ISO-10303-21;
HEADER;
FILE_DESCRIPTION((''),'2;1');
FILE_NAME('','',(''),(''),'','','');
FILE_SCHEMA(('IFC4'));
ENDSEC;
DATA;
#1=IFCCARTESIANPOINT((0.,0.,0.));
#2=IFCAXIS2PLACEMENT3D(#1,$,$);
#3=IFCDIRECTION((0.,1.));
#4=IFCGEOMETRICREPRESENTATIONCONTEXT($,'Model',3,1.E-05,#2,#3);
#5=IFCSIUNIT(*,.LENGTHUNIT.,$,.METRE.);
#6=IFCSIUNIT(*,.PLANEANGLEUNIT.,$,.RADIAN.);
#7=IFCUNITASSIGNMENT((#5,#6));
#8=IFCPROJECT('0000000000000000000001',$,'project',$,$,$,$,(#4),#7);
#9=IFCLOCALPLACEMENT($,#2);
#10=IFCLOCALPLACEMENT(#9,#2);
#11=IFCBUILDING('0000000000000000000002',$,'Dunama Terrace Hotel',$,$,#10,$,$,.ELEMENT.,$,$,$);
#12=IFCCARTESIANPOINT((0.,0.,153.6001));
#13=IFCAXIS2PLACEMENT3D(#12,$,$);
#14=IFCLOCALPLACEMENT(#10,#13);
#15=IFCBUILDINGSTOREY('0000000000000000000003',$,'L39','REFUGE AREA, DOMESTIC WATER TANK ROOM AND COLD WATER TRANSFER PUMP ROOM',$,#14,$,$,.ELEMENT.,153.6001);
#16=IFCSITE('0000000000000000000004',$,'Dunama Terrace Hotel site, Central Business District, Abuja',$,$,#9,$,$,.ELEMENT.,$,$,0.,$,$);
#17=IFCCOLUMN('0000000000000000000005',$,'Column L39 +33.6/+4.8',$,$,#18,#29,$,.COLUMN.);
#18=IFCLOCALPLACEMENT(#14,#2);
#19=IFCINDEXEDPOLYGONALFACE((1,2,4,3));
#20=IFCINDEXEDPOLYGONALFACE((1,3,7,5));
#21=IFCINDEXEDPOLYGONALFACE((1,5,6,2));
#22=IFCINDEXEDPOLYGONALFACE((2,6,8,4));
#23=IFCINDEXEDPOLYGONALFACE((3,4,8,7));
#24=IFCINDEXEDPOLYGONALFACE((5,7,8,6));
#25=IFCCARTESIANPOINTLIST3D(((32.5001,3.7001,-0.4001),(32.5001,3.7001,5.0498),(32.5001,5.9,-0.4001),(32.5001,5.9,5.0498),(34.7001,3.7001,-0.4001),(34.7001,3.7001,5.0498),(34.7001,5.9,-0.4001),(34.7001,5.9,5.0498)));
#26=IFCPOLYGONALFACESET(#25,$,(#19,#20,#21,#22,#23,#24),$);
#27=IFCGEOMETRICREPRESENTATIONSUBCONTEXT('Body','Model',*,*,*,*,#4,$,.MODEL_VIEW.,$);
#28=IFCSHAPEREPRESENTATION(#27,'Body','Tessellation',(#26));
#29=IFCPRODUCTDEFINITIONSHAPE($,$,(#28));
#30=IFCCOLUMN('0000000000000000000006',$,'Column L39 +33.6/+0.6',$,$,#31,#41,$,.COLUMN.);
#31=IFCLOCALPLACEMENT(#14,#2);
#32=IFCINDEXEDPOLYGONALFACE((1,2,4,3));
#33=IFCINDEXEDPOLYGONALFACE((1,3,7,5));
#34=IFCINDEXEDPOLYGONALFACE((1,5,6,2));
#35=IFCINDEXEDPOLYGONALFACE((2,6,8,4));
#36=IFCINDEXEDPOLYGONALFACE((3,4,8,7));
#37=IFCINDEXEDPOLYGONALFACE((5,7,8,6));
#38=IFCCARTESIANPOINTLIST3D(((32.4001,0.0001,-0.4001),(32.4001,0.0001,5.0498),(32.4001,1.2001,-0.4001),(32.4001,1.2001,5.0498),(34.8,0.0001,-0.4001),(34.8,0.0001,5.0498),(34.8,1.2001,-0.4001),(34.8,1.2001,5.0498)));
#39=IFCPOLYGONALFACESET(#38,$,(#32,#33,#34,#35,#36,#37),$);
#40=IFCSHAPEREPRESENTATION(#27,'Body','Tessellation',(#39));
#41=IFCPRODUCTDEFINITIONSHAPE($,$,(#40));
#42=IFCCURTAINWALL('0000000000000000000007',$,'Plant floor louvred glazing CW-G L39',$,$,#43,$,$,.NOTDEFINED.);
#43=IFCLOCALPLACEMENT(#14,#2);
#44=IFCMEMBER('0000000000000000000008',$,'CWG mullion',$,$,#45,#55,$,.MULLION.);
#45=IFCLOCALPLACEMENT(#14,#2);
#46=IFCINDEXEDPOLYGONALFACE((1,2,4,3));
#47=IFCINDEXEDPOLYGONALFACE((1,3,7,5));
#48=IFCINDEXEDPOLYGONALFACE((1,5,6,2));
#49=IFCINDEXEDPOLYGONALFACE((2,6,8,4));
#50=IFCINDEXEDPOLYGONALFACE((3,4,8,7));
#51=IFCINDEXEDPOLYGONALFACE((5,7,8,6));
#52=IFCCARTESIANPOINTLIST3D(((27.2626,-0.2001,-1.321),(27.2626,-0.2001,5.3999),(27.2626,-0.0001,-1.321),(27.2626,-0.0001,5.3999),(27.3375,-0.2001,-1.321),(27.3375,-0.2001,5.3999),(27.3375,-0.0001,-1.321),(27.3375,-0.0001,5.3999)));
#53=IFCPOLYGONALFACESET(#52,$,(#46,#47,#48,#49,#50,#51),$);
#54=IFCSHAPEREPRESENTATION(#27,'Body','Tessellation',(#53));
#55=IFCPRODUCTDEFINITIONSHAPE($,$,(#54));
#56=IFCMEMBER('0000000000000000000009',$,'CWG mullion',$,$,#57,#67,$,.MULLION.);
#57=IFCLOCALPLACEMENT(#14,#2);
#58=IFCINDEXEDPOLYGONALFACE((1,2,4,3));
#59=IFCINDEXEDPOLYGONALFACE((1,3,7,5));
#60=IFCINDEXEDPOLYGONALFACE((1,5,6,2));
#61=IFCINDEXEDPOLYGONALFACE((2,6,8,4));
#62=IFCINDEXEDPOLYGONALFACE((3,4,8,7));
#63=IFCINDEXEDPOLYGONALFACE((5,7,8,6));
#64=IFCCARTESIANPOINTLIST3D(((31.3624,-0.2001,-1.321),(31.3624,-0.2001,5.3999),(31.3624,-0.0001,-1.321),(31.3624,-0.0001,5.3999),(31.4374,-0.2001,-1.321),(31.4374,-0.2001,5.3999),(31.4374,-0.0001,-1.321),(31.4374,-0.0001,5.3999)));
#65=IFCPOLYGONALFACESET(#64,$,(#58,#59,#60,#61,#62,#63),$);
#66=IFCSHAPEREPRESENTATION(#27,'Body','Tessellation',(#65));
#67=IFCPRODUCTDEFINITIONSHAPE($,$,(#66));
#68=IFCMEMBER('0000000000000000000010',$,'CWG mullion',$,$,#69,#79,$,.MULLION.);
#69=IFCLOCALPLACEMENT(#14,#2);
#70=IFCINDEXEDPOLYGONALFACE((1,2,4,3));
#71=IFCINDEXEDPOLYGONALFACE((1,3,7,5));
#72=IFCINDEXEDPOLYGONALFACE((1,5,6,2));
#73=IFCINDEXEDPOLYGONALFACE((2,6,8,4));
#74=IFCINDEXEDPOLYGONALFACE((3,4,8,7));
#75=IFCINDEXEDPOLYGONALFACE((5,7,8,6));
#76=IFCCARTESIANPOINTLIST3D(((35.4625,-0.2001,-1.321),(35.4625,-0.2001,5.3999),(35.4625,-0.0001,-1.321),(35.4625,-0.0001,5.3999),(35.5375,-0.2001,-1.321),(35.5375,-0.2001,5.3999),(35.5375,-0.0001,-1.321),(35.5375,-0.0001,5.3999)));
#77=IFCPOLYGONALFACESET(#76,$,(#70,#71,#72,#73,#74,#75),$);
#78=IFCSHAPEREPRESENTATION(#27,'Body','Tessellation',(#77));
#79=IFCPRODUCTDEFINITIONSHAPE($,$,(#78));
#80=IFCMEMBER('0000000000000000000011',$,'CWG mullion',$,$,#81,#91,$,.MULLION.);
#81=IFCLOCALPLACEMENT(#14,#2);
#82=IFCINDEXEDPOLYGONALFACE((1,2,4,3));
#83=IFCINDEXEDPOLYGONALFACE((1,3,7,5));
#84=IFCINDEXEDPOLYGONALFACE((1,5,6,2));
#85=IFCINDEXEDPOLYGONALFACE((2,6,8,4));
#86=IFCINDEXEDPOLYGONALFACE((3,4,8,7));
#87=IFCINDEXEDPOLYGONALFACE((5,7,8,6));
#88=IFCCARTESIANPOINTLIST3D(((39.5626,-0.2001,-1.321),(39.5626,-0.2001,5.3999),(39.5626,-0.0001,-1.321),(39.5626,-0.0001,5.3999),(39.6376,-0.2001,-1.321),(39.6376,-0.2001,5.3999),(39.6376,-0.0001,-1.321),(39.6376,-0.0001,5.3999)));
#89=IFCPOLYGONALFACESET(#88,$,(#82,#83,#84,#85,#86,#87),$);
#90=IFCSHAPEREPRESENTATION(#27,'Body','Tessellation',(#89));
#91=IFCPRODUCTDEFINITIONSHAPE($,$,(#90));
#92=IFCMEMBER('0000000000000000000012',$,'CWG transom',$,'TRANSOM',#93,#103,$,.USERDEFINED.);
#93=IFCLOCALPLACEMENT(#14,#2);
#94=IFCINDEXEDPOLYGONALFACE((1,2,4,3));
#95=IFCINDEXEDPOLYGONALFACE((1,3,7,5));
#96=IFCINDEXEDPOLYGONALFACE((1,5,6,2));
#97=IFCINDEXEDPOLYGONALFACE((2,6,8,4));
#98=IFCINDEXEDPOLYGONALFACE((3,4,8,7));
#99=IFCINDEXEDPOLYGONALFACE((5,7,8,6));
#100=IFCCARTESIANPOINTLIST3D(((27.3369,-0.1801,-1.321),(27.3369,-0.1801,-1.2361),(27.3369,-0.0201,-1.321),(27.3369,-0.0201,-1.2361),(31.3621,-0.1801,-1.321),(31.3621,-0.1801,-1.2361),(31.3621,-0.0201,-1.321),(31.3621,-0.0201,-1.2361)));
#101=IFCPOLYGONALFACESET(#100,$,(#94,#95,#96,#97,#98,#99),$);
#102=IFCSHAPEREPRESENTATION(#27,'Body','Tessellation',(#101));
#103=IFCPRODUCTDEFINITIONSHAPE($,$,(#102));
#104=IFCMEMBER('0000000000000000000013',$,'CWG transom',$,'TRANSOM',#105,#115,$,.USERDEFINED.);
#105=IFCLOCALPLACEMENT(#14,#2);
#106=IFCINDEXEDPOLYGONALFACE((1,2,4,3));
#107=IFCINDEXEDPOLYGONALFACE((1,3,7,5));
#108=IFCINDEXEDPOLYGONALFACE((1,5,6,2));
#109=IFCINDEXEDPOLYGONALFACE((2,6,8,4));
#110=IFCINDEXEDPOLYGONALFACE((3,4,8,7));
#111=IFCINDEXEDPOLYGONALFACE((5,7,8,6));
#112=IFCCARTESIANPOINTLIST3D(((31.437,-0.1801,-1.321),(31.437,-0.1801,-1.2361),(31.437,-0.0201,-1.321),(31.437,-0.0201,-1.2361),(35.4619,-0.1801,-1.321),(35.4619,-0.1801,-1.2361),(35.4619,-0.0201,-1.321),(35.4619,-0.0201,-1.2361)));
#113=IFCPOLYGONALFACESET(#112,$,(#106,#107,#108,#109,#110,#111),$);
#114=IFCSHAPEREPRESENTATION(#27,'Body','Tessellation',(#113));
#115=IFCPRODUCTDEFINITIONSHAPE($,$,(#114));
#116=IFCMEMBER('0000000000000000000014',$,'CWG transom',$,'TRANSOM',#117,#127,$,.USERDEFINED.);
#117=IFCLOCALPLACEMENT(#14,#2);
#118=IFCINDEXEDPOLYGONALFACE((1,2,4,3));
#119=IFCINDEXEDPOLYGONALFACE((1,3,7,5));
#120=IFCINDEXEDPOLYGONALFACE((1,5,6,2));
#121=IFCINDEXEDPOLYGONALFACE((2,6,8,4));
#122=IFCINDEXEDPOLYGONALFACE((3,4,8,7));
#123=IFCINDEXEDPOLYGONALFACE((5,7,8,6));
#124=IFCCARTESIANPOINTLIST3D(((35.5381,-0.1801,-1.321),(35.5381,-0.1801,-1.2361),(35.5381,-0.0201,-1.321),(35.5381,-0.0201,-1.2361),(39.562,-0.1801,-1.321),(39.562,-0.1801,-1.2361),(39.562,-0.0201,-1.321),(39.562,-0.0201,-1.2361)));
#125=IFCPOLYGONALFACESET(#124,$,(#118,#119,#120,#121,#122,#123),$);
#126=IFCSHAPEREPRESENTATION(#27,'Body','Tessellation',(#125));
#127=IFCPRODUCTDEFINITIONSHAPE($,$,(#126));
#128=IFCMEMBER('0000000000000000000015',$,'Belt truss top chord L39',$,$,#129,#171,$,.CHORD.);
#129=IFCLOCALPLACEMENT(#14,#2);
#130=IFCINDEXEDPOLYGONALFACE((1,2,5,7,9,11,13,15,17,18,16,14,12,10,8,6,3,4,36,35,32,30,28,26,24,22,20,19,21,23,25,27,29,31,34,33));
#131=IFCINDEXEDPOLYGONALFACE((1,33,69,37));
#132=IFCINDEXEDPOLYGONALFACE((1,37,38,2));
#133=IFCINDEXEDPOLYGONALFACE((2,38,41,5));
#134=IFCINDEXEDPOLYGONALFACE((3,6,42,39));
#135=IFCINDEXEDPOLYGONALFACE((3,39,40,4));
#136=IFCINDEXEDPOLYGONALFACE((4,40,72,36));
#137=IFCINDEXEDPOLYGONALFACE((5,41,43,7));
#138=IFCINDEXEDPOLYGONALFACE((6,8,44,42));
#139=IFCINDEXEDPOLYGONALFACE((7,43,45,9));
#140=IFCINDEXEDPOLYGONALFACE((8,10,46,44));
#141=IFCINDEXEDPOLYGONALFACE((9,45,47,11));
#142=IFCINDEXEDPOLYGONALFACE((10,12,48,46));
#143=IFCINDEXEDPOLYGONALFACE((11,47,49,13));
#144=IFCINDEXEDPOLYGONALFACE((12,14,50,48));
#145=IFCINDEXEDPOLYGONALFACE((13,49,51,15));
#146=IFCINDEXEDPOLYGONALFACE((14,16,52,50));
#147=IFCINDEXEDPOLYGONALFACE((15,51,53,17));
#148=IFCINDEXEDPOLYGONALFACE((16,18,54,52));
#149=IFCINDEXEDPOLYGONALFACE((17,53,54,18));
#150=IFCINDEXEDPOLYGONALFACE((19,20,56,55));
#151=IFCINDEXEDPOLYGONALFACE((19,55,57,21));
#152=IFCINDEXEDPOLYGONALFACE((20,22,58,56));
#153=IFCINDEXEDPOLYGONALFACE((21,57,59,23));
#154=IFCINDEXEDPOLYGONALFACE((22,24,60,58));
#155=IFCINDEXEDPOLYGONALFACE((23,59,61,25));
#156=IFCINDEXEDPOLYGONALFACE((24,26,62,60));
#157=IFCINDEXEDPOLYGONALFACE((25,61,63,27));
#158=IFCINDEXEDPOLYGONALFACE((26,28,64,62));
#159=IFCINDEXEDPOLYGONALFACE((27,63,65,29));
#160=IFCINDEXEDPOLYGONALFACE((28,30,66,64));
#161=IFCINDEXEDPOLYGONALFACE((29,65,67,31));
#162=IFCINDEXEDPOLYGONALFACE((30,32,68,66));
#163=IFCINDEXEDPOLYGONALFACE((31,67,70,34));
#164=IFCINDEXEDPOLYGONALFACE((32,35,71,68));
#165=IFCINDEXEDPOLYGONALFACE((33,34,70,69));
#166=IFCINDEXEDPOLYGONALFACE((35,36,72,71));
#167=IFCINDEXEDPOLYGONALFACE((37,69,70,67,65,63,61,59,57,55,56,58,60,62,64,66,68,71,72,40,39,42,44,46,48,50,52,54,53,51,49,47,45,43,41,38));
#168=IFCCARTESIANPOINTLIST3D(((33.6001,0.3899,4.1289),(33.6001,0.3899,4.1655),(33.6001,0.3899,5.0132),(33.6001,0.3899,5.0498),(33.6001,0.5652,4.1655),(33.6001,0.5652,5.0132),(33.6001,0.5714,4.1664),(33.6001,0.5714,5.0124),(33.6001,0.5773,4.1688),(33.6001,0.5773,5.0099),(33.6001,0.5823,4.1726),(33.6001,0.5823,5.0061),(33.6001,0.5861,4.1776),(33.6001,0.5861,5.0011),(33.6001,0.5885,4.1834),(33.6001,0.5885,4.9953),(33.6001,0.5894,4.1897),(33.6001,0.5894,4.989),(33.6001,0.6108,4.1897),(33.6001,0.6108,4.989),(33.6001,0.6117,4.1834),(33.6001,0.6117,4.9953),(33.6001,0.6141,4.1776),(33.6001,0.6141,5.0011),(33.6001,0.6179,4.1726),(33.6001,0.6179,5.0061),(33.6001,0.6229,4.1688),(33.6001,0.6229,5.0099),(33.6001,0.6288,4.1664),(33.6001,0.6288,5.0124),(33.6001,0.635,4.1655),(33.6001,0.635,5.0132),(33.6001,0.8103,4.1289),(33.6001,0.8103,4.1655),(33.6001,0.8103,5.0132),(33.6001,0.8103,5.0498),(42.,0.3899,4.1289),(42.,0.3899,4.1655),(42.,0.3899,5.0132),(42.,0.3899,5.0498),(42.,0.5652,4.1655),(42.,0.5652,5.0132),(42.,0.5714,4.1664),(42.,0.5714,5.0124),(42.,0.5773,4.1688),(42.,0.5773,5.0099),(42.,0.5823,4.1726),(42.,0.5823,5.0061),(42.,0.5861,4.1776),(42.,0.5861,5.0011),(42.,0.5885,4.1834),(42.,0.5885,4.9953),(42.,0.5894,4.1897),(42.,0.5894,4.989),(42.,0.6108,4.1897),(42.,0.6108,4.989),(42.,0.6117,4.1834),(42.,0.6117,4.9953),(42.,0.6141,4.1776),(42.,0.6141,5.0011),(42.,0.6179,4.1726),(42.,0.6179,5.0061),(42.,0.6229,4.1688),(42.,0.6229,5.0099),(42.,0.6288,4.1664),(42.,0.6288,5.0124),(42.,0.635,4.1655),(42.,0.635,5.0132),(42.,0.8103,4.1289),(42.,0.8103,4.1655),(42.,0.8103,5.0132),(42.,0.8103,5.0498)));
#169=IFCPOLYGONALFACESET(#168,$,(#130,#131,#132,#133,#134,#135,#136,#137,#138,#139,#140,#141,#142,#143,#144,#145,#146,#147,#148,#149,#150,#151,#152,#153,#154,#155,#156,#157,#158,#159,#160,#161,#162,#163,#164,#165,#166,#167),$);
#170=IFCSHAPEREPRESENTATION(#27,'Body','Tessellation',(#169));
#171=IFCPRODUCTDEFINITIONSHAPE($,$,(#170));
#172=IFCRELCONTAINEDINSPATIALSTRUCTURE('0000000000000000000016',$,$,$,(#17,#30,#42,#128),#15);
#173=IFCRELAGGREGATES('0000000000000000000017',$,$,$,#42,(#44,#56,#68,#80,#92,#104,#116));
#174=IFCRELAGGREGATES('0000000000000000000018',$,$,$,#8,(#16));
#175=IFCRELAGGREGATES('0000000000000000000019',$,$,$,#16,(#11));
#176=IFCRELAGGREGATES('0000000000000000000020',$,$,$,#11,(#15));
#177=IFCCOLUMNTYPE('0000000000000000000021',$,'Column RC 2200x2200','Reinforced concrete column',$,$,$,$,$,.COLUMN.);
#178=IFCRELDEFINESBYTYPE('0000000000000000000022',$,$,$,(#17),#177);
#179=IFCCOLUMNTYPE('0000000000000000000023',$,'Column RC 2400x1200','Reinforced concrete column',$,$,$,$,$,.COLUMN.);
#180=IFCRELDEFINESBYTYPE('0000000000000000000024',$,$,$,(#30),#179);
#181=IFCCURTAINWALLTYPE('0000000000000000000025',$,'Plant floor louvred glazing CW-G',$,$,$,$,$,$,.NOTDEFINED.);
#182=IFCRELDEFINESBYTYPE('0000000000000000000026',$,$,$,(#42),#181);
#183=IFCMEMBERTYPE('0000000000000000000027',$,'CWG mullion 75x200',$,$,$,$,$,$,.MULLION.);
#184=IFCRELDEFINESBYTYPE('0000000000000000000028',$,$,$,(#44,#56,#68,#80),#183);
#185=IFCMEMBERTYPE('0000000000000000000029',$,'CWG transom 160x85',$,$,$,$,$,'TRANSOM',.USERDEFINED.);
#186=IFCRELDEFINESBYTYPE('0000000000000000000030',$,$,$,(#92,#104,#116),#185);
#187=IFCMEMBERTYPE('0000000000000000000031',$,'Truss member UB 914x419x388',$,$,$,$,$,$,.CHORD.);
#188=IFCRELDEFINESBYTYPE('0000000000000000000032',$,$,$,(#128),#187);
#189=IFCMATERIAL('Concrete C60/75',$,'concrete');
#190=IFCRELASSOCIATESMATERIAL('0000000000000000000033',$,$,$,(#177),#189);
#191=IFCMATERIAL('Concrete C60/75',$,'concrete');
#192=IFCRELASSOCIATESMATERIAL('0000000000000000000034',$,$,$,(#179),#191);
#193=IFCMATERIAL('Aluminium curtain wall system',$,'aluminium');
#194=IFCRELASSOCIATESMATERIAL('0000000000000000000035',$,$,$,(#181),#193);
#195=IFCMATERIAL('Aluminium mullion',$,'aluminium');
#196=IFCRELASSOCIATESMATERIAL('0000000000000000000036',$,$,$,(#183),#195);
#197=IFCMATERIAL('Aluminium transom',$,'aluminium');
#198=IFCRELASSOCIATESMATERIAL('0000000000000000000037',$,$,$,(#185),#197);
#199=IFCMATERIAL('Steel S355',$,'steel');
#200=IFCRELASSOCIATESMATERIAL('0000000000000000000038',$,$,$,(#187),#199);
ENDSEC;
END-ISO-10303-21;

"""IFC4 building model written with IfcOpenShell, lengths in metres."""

from ifc_helpers import new_model, si_unit, direction, frame, origin, origin_2d, place, context, subcontext, project, spatial, rectangle, i_section, extrude, material, material_profile, profile_set, type_object, element, aggregate, save


model = new_model("IFC4")

# Units and contexts
model_context = context("Model", 3, precision=1e-05, world=origin(), true_north=direction((0.0, 1.0)))
body_context = subcontext(model_context, "Body", "Model", "MODEL_VIEW")
ifc_project = project(units=[si_unit("LENGTHUNIT", "METRE"), si_unit("PLANEANGLEUNIT", "RADIAN")], contexts=[model_context])

# Site, building, storey
site_placement = place(None, origin())
site = spatial("IfcSite", under=ifc_project, at=site_placement, Name="Dunama Terrace Hotel site, Central Business District, Abuja", CompositionType="ELEMENT", RefElevation=0.0)
building_placement = place(site_placement, origin())
building = spatial("IfcBuilding", under=site, at=building_placement, Name="Dunama Terrace Hotel", CompositionType="ELEMENT")
storey_placement = place(building_placement, frame((0.0, 0.0, 153.6001)))
storey = spatial("IfcBuildingStorey", under=building, at=storey_placement, Name="L39", Description="REFUGE AREA, DOMESTIC WATER TANK ROOM AND COLD WATER TRANSFER PUMP ROOM", CompositionType="ELEMENT", Elevation=153.6001)

# Columns
ifc_material_1 = material(Name="Concrete C60/75", Category="concrete")
ifc_material_profile_1 = material_profile(ifc_material_1, rectangle(XDim=2.2, YDim=2.2, at=origin_2d()), Name="RC 2200x2200")
ifc_profile_set_1 = profile_set([ifc_material_profile_1], Name="Concrete C60/75")
column_type_1 = type_object("IfcColumnType", Name="Column RC 2200x2200", Description="Reinforced concrete column", PredefinedType="COLUMN", material=ifc_profile_set_1)
column_1_placement = place(storey_placement, frame((33.6001, 4.8, -0.4001), z_axis=(0.0, 0.0, 1.0), x_axis=(1.0, 0.0, 0.0)))
element("IfcColumn", 1, at=column_1_placement, inside=storey, type_object=column_type_1, Name="Column L39 +33.6/+4.8", PredefinedType="COLUMN", context=body_context, shape_type="SweptSolid", body=[
    extrude(rectangle(XDim=2.2, YDim=2.2, at=origin_2d()), origin(), (0.0, 0.0, 1.0), 5.45),
])
ifc_material_2 = material(Name="Concrete C60/75", Category="concrete")
ifc_material_profile_2 = material_profile(ifc_material_2, rectangle(XDim=2.3999, YDim=1.2, at=origin_2d()), Name="RC 2400x1200")
ifc_profile_set_2 = profile_set([ifc_material_profile_2], Name="Concrete C60/75")
column_type_2 = type_object("IfcColumnType", Name="Column RC 2400x1200", Description="Reinforced concrete column", PredefinedType="COLUMN", material=ifc_profile_set_2)
column_2_placement = place(storey_placement, frame((33.6001, 0.6001, -0.4001), z_axis=(0.0, 0.0, 1.0), x_axis=(1.0, 0.0, 0.0)))
element("IfcColumn", 2, at=column_2_placement, inside=storey, type_object=column_type_2, Name="Column L39 +33.6/+0.6", PredefinedType="COLUMN", context=body_context, shape_type="SweptSolid", body=[
    extrude(rectangle(XDim=2.3999, YDim=1.2, at=origin_2d()), origin(), (0.0, 0.0, 1.0), 5.45),
])

# Curtain wall, members
ifc_material_3 = material(Name="Aluminium curtain wall system", Category="aluminium")
curtain_wall_type = type_object("IfcCurtainWallType", Name="Plant floor louvred glazing CW-G", PredefinedType="NOTDEFINED", material=ifc_material_3)
curtain_wall_placement = place(storey_placement, origin())
curtain_wall = element("IfcCurtainWall", 3, at=curtain_wall_placement, inside=storey, type_object=curtain_wall_type, Name="Plant floor louvred glazing CW-G L39", PredefinedType="NOTDEFINED")
ifc_material_4 = material(Name="Aluminium mullion", Category="aluminium")
ifc_material_profile_3 = material_profile(ifc_material_4, rectangle(XDim=0.075, YDim=0.2, at=origin_2d()), Name="CWG MULLION 75X200")
ifc_profile_set_3 = profile_set([ifc_material_profile_3], Name="Aluminium mullion")
member_type_1 = type_object("IfcMemberType", Name="CWG mullion 75x200", PredefinedType="MULLION", material=ifc_profile_set_3)
member_1_placement = place(storey_placement, frame((27.3, -0.1001, -1.321), z_axis=(0.0, 0.0, 1.0), x_axis=(1.0, 0.0, 0.0)))
member_1 = element("IfcMember", 4, at=member_1_placement, type_object=member_type_1, Name="CWG mullion", PredefinedType="MULLION", context=body_context, shape_type="SweptSolid", body=[
    extrude(rectangle(XDim=0.075, YDim=0.2, at=origin_2d()), origin(), (0.0, 0.0, 1.0), 6.7209),
])
member_2_placement = place(storey_placement, frame((31.3999, -0.1001, -1.321), z_axis=(0.0, 0.0, 1.0), x_axis=(1.0, 0.0, 0.0)))
member_2 = element("IfcMember", 5, at=member_2_placement, type_object=member_type_1, Name="CWG mullion", PredefinedType="MULLION", context=body_context, shape_type="SweptSolid", body=[
    extrude(rectangle(XDim=0.075, YDim=0.2, at=origin_2d()), origin(), (0.0, 0.0, 1.0), 6.7209),
])
member_3_placement = place(storey_placement, frame((35.5, -0.1001, -1.321), z_axis=(0.0, 0.0, 1.0), x_axis=(1.0, 0.0, 0.0)))
member_3 = element("IfcMember", 6, at=member_3_placement, type_object=member_type_1, Name="CWG mullion", PredefinedType="MULLION", context=body_context, shape_type="SweptSolid", body=[
    extrude(rectangle(XDim=0.075, YDim=0.2, at=origin_2d()), origin(), (0.0, 0.0, 1.0), 6.7209),
])
member_4_placement = place(storey_placement, frame((39.6001, -0.1001, -1.321), z_axis=(0.0, 0.0, 1.0), x_axis=(1.0, 0.0, 0.0)))
member_4 = element("IfcMember", 7, at=member_4_placement, type_object=member_type_1, Name="CWG mullion", PredefinedType="MULLION", context=body_context, shape_type="SweptSolid", body=[
    extrude(rectangle(XDim=0.075, YDim=0.2, at=origin_2d()), origin(), (0.0, 0.0, 1.0), 6.7209),
])
ifc_material_5 = material(Name="Aluminium transom", Category="aluminium")
ifc_material_profile_4 = material_profile(ifc_material_5, rectangle(XDim=0.1599, YDim=0.085, at=origin_2d()), Name="CWG TRANSOM 160X85")
ifc_profile_set_4 = profile_set([ifc_material_profile_4], Name="Aluminium transom")
member_type_2 = type_object("IfcMemberType", Name="CWG transom 160x85", ElementType="TRANSOM", PredefinedType="USERDEFINED", material=ifc_profile_set_4)
member_5_placement = place(storey_placement, frame((27.3369, -0.1001, -1.2786), z_axis=(1.0, 0.0, 0.0), x_axis=(0.0, 1.0, 0.0)))
member_5 = element("IfcMember", 8, at=member_5_placement, type_object=member_type_2, Name="CWG transom", ObjectType="TRANSOM", PredefinedType="USERDEFINED", context=body_context, shape_type="SweptSolid", body=[
    extrude(rectangle(XDim=0.1599, YDim=0.085, at=origin_2d()), origin(), (0.0, 0.0, 1.0), 4.0251),
])
member_6_placement = place(storey_placement, frame((31.437, -0.1001, -1.2786), z_axis=(1.0, 0.0, 0.0), x_axis=(0.0, 1.0, 0.0)))
member_6 = element("IfcMember", 9, at=member_6_placement, type_object=member_type_2, Name="CWG transom", ObjectType="TRANSOM", PredefinedType="USERDEFINED", context=body_context, shape_type="SweptSolid", body=[
    extrude(rectangle(XDim=0.1599, YDim=0.085, at=origin_2d()), origin(), (0.0, 0.0, 1.0), 4.0249),
])
member_7_placement = place(storey_placement, frame((35.5381, -0.1001, -1.2786), z_axis=(1.0, 0.0, 0.0), x_axis=(0.0, 1.0, 0.0)))
member_7 = element("IfcMember", 10, at=member_7_placement, type_object=member_type_2, Name="CWG transom", ObjectType="TRANSOM", PredefinedType="USERDEFINED", context=body_context, shape_type="SweptSolid", body=[
    extrude(rectangle(XDim=0.1599, YDim=0.085, at=origin_2d()), origin(), (0.0, 0.0, 1.0), 4.0239),
])

# Member
ifc_material_6 = material(Name="Steel S355", Category="steel")
ifc_material_profile_5 = material_profile(ifc_material_6, i_section(OverallWidth=0.4204, OverallDepth=0.9209, WebThickness=0.0215, FlangeThickness=0.0366, FilletRadius=0.0242, at=origin_2d()), Name="UB 914x419x388")
ifc_profile_set_5 = profile_set([ifc_material_profile_5], Name="Steel S355")
member_type_3 = type_object("IfcMemberType", Name="Truss member UB 914x419x388", PredefinedType="CHORD", material=ifc_profile_set_5)
for number, where, z_axis, x_axis, name in (
    (11, (33.6001, 0.6001, 4.5894), (1.0, 0.0, 0.0), (0.0, 1.0, 0.0), "Belt truss top chord L39"),
):
    element("IfcMember", number, at=place(storey_placement, frame(where, z_axis=z_axis, x_axis=x_axis)), inside=storey, type_object=member_type_3, Name=name, PredefinedType="CHORD", context=body_context, shape_type="SweptSolid", body=[
        extrude(i_section(OverallWidth=0.4204, OverallDepth=0.9209, WebThickness=0.0215, FlangeThickness=0.0366, FilletRadius=0.0242, at=origin_2d()), origin(), (0.0, 0.0, 1.0), 8.3999),
    ])

aggregate(curtain_wall, [member_1, member_2, member_3, member_4, member_5, member_6, member_7])

save(model, "model.ifc")
